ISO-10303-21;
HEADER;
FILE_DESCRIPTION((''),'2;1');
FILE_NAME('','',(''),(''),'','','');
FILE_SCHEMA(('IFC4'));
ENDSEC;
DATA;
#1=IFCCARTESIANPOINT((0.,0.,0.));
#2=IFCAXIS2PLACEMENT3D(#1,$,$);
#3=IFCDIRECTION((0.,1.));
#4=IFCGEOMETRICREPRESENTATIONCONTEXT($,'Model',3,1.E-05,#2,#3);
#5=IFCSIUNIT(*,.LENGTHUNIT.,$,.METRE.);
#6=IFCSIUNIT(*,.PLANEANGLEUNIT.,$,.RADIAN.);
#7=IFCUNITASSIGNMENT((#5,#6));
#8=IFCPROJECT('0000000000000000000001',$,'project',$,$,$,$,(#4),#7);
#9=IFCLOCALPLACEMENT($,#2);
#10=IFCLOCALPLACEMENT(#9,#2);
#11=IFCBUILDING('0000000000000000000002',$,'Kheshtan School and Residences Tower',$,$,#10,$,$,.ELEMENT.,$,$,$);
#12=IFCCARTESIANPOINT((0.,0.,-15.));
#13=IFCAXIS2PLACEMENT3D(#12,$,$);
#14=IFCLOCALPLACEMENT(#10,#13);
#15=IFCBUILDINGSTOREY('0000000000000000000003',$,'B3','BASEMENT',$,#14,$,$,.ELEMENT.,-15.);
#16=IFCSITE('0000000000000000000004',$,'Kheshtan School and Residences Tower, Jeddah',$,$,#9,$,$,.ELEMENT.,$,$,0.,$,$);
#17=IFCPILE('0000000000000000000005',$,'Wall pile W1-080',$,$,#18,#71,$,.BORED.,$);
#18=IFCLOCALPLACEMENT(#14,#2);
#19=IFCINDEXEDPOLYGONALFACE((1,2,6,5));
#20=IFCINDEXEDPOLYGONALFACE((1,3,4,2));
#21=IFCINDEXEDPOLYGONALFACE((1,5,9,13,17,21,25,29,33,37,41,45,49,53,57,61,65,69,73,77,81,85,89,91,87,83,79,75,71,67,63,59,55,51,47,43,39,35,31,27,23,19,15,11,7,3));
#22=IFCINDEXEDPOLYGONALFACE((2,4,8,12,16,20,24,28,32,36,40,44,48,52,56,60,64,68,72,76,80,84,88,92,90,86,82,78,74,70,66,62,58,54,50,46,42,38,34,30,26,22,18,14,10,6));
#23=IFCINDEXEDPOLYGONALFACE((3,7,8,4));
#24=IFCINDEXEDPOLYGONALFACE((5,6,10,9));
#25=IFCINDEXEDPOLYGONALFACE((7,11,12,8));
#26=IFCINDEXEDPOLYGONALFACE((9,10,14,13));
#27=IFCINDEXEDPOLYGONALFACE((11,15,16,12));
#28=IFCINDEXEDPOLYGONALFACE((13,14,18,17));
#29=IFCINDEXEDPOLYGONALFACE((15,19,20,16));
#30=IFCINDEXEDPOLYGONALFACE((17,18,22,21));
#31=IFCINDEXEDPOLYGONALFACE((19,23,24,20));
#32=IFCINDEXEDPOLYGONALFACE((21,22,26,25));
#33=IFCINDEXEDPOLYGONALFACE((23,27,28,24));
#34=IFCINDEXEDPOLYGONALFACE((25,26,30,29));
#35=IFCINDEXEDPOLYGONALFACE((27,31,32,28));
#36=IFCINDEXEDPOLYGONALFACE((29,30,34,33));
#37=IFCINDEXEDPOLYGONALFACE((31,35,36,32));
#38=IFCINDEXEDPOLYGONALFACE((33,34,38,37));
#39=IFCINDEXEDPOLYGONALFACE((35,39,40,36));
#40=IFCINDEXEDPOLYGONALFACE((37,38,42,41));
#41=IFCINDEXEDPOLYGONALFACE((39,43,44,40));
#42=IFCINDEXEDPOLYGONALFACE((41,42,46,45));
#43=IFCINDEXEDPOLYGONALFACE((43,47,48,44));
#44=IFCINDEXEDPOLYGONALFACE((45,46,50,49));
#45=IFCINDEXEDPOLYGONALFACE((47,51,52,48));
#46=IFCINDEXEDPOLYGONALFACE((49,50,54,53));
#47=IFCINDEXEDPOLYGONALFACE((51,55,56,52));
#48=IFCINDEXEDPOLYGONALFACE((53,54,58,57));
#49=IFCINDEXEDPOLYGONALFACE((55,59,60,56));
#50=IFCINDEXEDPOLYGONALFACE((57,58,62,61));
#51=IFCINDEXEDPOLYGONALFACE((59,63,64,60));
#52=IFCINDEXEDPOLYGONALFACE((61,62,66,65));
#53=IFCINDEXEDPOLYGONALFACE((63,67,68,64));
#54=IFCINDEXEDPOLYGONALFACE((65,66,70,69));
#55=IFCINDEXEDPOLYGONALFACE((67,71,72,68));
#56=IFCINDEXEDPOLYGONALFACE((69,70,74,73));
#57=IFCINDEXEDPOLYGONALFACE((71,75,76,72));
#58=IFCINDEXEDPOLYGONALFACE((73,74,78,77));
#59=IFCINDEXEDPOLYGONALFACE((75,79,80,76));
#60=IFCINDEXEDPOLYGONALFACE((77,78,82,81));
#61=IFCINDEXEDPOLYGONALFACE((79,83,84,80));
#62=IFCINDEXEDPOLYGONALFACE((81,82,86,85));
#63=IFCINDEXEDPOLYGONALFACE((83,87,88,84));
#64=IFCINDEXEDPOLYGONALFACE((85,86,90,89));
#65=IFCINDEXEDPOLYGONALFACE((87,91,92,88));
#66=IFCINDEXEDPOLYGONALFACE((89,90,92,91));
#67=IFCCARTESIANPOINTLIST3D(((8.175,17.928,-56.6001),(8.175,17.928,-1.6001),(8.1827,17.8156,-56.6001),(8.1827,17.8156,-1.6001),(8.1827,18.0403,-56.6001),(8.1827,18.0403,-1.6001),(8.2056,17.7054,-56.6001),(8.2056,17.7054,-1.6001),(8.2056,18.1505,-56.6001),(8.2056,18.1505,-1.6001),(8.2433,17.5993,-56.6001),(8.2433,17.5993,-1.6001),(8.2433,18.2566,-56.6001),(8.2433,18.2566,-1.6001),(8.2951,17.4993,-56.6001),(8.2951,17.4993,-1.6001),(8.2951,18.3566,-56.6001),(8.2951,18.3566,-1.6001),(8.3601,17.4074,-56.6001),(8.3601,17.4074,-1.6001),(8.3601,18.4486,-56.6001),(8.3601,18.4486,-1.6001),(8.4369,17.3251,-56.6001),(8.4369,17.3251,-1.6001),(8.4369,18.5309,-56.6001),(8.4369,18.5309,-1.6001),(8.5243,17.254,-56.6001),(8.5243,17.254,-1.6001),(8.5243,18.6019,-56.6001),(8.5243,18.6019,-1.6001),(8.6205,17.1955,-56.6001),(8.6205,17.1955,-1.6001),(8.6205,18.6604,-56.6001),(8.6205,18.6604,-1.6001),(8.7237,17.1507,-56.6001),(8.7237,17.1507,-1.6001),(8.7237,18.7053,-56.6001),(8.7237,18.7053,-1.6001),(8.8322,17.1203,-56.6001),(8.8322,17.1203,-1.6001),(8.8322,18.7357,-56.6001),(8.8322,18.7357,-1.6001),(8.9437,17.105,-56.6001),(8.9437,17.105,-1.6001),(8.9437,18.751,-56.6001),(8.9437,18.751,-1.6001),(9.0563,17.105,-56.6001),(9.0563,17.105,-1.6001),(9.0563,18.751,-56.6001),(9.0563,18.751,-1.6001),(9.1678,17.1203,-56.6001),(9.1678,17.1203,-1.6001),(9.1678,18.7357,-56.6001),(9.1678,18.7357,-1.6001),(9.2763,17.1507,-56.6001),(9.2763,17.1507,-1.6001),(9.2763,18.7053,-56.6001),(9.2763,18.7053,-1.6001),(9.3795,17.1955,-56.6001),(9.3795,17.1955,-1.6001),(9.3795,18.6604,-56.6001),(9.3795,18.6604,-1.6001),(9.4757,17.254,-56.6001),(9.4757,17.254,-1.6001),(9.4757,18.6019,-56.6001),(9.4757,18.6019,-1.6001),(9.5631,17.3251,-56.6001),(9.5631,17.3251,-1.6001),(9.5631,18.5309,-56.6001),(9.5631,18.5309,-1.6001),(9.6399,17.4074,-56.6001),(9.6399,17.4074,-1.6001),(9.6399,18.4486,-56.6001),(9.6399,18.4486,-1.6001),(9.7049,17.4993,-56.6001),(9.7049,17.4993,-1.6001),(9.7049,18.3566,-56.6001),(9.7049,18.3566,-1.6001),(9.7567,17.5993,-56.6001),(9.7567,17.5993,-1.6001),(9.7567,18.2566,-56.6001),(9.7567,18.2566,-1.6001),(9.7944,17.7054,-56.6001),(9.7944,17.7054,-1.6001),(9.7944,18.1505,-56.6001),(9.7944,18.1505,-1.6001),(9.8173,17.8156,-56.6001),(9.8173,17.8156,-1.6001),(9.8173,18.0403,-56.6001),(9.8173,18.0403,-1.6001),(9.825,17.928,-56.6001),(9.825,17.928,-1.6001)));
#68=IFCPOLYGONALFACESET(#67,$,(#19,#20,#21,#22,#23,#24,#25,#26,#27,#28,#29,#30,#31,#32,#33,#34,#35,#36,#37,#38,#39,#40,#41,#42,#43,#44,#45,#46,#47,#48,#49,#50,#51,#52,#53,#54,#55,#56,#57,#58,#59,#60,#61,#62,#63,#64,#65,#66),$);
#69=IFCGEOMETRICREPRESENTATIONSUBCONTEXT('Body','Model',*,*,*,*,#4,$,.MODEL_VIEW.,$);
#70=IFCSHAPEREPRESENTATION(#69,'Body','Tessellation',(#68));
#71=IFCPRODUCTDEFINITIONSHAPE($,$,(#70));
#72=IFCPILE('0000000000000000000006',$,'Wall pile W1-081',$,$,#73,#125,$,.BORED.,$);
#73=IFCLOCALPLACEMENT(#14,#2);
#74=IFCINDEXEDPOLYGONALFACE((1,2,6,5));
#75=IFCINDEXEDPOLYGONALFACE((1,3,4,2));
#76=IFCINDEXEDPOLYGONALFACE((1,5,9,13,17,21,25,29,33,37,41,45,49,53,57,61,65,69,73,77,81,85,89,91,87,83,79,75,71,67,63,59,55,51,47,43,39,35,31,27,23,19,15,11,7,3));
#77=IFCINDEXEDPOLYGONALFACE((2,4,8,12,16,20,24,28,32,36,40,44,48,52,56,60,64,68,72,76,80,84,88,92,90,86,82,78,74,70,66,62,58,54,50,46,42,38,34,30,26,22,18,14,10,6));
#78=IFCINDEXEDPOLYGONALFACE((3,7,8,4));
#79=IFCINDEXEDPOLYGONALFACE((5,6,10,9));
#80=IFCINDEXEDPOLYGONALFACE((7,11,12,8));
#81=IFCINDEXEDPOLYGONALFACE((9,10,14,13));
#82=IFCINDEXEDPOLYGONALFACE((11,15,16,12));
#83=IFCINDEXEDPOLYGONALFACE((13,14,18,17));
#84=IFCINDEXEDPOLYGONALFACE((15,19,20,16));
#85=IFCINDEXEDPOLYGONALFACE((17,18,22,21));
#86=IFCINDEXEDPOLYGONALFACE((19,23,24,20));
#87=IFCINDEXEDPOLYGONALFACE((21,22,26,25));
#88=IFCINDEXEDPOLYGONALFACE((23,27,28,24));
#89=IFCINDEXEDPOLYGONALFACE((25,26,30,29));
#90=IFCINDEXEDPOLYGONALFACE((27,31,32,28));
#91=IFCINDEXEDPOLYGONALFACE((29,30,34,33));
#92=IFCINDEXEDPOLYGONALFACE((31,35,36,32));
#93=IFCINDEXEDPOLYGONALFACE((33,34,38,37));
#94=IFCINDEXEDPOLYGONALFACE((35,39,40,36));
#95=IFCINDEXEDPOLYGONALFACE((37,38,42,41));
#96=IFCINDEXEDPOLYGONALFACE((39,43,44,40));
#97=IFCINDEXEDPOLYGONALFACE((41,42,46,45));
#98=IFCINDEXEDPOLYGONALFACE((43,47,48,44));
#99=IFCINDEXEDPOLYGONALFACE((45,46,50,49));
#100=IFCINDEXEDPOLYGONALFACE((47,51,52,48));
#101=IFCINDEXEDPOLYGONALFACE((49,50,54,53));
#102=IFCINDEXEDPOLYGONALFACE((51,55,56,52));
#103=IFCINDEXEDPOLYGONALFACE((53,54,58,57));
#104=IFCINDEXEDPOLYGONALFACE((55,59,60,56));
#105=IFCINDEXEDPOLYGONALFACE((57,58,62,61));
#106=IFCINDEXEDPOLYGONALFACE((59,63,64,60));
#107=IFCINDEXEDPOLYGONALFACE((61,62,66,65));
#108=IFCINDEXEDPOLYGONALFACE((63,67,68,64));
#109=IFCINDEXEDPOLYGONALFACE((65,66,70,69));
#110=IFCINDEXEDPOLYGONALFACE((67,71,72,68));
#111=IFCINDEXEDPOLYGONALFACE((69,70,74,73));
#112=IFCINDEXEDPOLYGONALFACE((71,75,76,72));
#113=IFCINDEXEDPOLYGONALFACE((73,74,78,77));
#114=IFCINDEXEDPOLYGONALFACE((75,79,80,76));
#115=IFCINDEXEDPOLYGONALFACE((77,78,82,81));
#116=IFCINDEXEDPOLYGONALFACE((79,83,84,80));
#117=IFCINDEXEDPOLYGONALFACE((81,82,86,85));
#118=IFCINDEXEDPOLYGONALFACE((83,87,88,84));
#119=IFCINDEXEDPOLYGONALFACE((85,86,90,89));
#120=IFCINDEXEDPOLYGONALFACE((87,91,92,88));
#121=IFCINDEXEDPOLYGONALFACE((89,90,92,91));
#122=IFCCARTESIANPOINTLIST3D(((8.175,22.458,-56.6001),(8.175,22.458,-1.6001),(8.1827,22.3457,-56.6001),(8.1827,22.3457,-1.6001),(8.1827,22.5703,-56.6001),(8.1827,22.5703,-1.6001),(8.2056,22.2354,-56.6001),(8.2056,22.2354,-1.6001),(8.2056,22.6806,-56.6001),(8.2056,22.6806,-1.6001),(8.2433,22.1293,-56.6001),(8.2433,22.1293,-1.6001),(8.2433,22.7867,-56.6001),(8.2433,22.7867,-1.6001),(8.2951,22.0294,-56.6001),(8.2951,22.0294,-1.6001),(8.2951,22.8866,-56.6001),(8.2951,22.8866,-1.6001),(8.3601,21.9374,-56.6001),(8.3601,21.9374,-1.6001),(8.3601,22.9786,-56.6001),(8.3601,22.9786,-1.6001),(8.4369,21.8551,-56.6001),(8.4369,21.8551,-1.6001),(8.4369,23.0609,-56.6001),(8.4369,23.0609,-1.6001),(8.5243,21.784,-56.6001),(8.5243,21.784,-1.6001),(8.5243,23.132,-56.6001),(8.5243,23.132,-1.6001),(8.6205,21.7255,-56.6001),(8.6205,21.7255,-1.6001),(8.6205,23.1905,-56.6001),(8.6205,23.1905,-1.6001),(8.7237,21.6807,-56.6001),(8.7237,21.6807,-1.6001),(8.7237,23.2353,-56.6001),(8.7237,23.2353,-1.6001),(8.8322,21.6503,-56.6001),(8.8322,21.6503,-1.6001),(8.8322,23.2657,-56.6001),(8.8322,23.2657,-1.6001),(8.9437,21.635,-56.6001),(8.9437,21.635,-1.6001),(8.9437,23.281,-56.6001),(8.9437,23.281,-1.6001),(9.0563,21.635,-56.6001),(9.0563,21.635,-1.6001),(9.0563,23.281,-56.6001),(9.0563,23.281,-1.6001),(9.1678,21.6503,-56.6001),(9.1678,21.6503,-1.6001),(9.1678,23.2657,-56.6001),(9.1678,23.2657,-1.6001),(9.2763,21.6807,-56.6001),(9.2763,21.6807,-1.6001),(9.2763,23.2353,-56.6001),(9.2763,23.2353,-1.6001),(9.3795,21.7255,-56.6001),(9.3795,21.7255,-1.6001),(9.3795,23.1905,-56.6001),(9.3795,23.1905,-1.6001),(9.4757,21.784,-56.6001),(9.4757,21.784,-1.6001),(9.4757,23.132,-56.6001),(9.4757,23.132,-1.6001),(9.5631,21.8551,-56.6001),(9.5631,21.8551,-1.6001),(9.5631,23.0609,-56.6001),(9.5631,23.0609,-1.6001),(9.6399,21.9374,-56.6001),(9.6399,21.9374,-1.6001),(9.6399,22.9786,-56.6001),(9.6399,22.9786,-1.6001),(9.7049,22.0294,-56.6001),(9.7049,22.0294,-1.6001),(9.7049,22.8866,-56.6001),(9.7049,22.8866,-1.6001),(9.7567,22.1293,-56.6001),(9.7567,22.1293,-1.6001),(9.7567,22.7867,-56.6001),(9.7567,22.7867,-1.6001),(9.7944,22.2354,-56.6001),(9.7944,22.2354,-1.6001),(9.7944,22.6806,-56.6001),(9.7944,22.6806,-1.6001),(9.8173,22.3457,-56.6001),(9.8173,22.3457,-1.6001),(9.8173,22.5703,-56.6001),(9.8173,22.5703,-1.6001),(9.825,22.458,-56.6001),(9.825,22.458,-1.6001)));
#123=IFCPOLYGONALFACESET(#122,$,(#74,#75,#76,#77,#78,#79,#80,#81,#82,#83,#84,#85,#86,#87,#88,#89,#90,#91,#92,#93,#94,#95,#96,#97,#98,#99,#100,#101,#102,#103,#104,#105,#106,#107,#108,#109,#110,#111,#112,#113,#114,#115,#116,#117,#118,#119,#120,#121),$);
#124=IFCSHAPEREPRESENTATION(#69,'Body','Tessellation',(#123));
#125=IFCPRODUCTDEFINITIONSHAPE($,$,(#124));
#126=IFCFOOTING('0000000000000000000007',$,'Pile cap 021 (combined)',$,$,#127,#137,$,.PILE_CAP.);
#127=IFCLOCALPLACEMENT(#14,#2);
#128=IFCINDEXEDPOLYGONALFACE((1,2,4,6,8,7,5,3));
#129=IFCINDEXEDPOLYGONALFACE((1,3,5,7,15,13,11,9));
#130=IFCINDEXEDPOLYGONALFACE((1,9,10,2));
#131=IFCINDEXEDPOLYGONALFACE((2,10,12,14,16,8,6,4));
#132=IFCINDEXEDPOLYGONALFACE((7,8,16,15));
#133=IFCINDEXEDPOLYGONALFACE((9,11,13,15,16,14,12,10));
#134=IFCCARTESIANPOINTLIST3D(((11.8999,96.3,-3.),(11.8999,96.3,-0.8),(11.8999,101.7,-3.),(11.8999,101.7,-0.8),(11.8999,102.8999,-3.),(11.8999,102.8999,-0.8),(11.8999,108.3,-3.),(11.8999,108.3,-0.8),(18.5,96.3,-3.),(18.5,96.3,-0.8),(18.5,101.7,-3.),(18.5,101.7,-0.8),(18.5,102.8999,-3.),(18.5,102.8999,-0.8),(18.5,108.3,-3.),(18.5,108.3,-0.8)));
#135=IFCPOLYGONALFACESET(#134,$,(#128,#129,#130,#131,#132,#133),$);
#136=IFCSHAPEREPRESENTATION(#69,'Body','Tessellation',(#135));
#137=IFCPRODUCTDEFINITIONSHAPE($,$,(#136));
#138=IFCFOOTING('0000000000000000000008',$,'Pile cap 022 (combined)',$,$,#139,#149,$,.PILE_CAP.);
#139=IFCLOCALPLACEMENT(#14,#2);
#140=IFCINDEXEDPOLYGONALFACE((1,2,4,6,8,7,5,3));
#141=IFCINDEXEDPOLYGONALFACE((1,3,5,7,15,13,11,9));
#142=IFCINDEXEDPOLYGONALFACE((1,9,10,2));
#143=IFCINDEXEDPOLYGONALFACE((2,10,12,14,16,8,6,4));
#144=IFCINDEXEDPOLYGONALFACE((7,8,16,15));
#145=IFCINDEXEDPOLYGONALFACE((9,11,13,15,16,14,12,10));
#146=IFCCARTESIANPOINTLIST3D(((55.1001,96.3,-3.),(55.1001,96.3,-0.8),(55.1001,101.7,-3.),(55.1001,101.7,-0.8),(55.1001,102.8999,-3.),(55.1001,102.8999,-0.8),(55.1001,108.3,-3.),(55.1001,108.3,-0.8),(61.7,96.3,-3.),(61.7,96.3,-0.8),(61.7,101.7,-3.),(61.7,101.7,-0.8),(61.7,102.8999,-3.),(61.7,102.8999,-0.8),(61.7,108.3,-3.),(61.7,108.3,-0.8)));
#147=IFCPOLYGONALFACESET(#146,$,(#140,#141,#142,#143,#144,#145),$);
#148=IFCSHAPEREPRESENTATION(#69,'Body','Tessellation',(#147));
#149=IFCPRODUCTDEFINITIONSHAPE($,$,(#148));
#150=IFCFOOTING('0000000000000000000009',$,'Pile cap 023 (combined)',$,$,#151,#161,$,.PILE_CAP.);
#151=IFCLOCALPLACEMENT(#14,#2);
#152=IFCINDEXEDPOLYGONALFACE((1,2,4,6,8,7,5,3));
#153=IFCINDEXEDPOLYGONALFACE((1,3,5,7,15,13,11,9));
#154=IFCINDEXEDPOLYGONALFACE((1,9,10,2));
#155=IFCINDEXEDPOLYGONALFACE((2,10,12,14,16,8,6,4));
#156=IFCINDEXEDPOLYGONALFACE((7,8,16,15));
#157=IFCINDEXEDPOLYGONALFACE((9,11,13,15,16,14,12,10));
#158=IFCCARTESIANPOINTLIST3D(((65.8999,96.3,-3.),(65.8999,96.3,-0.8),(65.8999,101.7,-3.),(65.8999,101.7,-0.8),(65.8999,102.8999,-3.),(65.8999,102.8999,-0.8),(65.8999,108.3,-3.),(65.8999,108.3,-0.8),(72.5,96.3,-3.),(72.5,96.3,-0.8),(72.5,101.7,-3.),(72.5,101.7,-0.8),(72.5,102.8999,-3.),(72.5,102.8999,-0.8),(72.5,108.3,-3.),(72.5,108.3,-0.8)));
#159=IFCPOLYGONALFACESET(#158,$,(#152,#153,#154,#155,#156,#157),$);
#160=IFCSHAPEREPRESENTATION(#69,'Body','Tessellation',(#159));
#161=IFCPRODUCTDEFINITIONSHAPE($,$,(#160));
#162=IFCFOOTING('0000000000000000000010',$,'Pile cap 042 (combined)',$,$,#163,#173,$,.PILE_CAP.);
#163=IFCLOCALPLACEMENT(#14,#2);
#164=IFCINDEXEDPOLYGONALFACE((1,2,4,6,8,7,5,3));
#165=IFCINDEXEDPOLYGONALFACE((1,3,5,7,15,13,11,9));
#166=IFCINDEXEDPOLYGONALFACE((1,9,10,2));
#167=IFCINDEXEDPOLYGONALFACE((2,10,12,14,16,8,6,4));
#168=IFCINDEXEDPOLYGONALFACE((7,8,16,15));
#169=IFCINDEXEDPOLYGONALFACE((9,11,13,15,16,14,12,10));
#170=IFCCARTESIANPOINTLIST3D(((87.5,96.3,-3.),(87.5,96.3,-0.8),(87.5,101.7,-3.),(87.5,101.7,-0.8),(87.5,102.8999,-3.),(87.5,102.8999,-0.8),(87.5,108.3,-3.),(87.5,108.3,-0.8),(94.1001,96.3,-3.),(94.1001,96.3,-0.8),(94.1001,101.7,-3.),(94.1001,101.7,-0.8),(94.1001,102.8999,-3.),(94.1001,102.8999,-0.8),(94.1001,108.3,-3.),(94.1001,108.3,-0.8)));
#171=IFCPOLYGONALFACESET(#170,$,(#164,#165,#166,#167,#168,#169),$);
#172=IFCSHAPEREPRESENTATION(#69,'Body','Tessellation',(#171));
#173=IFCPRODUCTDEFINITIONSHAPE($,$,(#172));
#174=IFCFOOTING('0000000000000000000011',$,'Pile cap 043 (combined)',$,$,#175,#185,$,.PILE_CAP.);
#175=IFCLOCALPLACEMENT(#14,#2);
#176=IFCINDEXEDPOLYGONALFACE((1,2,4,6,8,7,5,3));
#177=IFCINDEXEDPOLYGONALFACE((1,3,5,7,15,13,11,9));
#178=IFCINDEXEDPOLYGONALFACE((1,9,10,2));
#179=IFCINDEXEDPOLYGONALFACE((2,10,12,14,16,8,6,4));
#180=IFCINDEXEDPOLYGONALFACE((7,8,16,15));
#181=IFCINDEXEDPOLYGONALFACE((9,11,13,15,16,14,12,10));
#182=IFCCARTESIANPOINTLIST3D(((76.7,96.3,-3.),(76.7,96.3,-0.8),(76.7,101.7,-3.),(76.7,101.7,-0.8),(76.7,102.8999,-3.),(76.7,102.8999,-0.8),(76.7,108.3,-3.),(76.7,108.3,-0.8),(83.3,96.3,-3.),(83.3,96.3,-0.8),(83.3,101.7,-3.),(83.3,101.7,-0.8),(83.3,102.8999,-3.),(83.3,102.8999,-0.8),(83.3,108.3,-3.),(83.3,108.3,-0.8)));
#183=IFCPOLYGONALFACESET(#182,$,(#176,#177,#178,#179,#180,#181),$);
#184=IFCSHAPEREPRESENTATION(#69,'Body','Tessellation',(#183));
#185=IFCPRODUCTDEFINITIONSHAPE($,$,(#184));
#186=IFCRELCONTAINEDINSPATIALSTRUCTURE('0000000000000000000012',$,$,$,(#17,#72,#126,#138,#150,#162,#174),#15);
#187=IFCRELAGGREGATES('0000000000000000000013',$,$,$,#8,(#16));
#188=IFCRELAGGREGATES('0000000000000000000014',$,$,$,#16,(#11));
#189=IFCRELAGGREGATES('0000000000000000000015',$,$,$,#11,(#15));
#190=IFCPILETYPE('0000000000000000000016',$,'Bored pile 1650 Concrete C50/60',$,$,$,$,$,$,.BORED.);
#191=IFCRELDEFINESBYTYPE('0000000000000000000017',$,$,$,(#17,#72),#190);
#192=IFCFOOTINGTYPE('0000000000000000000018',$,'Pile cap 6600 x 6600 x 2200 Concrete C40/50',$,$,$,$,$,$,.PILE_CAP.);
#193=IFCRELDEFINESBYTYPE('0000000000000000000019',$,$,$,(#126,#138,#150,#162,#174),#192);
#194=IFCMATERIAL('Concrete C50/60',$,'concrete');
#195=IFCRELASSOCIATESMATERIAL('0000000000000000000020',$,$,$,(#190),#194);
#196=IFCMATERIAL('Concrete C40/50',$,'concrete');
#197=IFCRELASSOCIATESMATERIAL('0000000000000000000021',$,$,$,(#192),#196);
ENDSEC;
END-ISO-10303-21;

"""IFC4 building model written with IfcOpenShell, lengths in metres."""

from ifc_helpers import new_model, si_unit, direction, frame, origin, origin_2d, place, context, subcontext, project, spatial, polyline, circle, outline, extrude, material, material_profile, profile_set, type_object, element, save


model = new_model("IFC4")

# Units and contexts
model_context = context("Model", 3, precision=1e-05, world=origin(), true_north=direction((0.0, 1.0)))
body_context = subcontext(model_context, "Body", "Model", "MODEL_VIEW")
ifc_project = project(units=[si_unit("LENGTHUNIT", "METRE"), si_unit("PLANEANGLEUNIT", "RADIAN")], contexts=[model_context])

# Site, building, storey
site_placement = place(None, origin())
site = spatial("IfcSite", under=ifc_project, at=site_placement, Name="Kheshtan School and Residences Tower, Jeddah", CompositionType="ELEMENT", RefElevation=0.0)
building_placement = place(site_placement, origin())
building = spatial("IfcBuilding", under=site, at=building_placement, Name="Kheshtan School and Residences Tower", CompositionType="ELEMENT")
storey_placement = place(building_placement, frame((0.0, 0.0, -15.0)))
storey = spatial("IfcBuildingStorey", under=building, at=storey_placement, Name="B3", Description="BASEMENT", CompositionType="ELEMENT", Elevation=-15.0)

# Piles
ifc_material_1 = material(Name="Concrete C50/60", Category="concrete")
ifc_material_profile = material_profile(ifc_material_1, circle(Radius=0.825, at=origin_2d()), Name="BP 1650")
ifc_profile_set = profile_set([ifc_material_profile], Name="Concrete C50/60")
pile_type = type_object("IfcPileType", Name="Bored pile 1650 Concrete C50/60", PredefinedType="BORED", material=ifc_profile_set)
for number, where, z_axis, x_axis, name in (
    (1, (9.0, 17.928, -1.6001), (0.0, 0.0, -1.0), (1.0, 0.0, 0.0), "Wall pile W1-080"),
    (2, (9.0, 22.458, -1.6001), (0.0, 0.0, -1.0), (1.0, 0.0, 0.0), "Wall pile W1-081"),
):
    element("IfcPile", number, at=place(storey_placement, frame(where, z_axis=z_axis, x_axis=x_axis)), inside=storey, type_object=pile_type, Name=name, PredefinedType="BORED", context=body_context, shape_type="SweptSolid", body=[
        extrude(circle(Radius=0.825, at=origin_2d()), origin(), (0.0, 0.0, 1.0), 55.0),
    ])

# Footings
ifc_material_2 = material(Name="Concrete C40/50", Category="concrete")
footing_type_1 = type_object("IfcFootingType", Name="Pile cap 6600 x 6600 x 2200 Concrete C40/50", PredefinedType="PILE_CAP", material=ifc_material_2)
footing_1_placement = place(storey_placement, frame((0.0, 0.0, -3.0)))
element("IfcFooting", 3, at=footing_1_placement, inside=storey, type_object=footing_type_1, Name="Pile cap 021 (combined)", PredefinedType="PILE_CAP", context=body_context, shape_type="SweptSolid", body=[
    extrude(outline(polyline([(18.5, 102.8999), (18.5, 101.7), (18.5, 96.3), (11.8999, 96.3), (11.8999, 101.7), (11.8999, 102.8999), (11.8999, 108.3), (18.5, 108.3), (18.5, 102.8999)])), origin(), (0.0, 0.0, 1.0), 2.2),
])
footing_2_placement = place(storey_placement, frame((0.0, 0.0, -3.0)))
element("IfcFooting", 4, at=footing_2_placement, inside=storey, type_object=footing_type_1, Name="Pile cap 022 (combined)", PredefinedType="PILE_CAP", context=body_context, shape_type="SweptSolid", body=[
    extrude(outline(polyline([(55.1001, 101.7), (55.1001, 102.8999), (55.1001, 108.3), (61.7, 108.3), (61.7, 102.8999), (61.7, 101.7), (61.7, 96.3), (55.1001, 96.3), (55.1001, 101.7)])), origin(), (0.0, 0.0, 1.0), 2.2),
])
footing_3_placement = place(storey_placement, frame((0.0, 0.0, -3.0)))
element("IfcFooting", 5, at=footing_3_placement, inside=storey, type_object=footing_type_1, Name="Pile cap 023 (combined)", PredefinedType="PILE_CAP", context=body_context, shape_type="SweptSolid", body=[
    extrude(outline(polyline([(65.8999, 101.7), (65.8999, 102.8999), (65.8999, 108.3), (72.5, 108.3), (72.5, 102.8999), (72.5, 101.7), (72.5, 96.3), (65.8999, 96.3), (65.8999, 101.7)])), origin(), (0.0, 0.0, 1.0), 2.2),
])
footing_4_placement = place(storey_placement, frame((0.0, 0.0, -3.0)))
element("IfcFooting", 6, at=footing_4_placement, inside=storey, type_object=footing_type_1, Name="Pile cap 042 (combined)", PredefinedType="PILE_CAP", context=body_context, shape_type="SweptSolid", body=[
    extrude(outline(polyline([(87.5, 96.3), (87.5, 101.7), (87.5, 102.8999), (87.5, 108.3), (94.1001, 108.3), (94.1001, 102.8999), (94.1001, 101.7), (94.1001, 96.3), (87.5, 96.3)])), origin(), (0.0, 0.0, 1.0), 2.2),
])
footing_5_placement = place(storey_placement, frame((0.0, 0.0, -3.0)))
element("IfcFooting", 7, at=footing_5_placement, inside=storey, type_object=footing_type_1, Name="Pile cap 043 (combined)", PredefinedType="PILE_CAP", context=body_context, shape_type="SweptSolid", body=[
    extrude(outline(polyline([(76.7, 96.3), (76.7, 101.7), (76.7, 102.8999), (76.7, 108.3), (83.3, 108.3), (83.3, 102.8999), (83.3, 101.7), (83.3, 96.3), (76.7, 96.3)])), origin(), (0.0, 0.0, 1.0), 2.2),
])

save(model, "model.ifc")
